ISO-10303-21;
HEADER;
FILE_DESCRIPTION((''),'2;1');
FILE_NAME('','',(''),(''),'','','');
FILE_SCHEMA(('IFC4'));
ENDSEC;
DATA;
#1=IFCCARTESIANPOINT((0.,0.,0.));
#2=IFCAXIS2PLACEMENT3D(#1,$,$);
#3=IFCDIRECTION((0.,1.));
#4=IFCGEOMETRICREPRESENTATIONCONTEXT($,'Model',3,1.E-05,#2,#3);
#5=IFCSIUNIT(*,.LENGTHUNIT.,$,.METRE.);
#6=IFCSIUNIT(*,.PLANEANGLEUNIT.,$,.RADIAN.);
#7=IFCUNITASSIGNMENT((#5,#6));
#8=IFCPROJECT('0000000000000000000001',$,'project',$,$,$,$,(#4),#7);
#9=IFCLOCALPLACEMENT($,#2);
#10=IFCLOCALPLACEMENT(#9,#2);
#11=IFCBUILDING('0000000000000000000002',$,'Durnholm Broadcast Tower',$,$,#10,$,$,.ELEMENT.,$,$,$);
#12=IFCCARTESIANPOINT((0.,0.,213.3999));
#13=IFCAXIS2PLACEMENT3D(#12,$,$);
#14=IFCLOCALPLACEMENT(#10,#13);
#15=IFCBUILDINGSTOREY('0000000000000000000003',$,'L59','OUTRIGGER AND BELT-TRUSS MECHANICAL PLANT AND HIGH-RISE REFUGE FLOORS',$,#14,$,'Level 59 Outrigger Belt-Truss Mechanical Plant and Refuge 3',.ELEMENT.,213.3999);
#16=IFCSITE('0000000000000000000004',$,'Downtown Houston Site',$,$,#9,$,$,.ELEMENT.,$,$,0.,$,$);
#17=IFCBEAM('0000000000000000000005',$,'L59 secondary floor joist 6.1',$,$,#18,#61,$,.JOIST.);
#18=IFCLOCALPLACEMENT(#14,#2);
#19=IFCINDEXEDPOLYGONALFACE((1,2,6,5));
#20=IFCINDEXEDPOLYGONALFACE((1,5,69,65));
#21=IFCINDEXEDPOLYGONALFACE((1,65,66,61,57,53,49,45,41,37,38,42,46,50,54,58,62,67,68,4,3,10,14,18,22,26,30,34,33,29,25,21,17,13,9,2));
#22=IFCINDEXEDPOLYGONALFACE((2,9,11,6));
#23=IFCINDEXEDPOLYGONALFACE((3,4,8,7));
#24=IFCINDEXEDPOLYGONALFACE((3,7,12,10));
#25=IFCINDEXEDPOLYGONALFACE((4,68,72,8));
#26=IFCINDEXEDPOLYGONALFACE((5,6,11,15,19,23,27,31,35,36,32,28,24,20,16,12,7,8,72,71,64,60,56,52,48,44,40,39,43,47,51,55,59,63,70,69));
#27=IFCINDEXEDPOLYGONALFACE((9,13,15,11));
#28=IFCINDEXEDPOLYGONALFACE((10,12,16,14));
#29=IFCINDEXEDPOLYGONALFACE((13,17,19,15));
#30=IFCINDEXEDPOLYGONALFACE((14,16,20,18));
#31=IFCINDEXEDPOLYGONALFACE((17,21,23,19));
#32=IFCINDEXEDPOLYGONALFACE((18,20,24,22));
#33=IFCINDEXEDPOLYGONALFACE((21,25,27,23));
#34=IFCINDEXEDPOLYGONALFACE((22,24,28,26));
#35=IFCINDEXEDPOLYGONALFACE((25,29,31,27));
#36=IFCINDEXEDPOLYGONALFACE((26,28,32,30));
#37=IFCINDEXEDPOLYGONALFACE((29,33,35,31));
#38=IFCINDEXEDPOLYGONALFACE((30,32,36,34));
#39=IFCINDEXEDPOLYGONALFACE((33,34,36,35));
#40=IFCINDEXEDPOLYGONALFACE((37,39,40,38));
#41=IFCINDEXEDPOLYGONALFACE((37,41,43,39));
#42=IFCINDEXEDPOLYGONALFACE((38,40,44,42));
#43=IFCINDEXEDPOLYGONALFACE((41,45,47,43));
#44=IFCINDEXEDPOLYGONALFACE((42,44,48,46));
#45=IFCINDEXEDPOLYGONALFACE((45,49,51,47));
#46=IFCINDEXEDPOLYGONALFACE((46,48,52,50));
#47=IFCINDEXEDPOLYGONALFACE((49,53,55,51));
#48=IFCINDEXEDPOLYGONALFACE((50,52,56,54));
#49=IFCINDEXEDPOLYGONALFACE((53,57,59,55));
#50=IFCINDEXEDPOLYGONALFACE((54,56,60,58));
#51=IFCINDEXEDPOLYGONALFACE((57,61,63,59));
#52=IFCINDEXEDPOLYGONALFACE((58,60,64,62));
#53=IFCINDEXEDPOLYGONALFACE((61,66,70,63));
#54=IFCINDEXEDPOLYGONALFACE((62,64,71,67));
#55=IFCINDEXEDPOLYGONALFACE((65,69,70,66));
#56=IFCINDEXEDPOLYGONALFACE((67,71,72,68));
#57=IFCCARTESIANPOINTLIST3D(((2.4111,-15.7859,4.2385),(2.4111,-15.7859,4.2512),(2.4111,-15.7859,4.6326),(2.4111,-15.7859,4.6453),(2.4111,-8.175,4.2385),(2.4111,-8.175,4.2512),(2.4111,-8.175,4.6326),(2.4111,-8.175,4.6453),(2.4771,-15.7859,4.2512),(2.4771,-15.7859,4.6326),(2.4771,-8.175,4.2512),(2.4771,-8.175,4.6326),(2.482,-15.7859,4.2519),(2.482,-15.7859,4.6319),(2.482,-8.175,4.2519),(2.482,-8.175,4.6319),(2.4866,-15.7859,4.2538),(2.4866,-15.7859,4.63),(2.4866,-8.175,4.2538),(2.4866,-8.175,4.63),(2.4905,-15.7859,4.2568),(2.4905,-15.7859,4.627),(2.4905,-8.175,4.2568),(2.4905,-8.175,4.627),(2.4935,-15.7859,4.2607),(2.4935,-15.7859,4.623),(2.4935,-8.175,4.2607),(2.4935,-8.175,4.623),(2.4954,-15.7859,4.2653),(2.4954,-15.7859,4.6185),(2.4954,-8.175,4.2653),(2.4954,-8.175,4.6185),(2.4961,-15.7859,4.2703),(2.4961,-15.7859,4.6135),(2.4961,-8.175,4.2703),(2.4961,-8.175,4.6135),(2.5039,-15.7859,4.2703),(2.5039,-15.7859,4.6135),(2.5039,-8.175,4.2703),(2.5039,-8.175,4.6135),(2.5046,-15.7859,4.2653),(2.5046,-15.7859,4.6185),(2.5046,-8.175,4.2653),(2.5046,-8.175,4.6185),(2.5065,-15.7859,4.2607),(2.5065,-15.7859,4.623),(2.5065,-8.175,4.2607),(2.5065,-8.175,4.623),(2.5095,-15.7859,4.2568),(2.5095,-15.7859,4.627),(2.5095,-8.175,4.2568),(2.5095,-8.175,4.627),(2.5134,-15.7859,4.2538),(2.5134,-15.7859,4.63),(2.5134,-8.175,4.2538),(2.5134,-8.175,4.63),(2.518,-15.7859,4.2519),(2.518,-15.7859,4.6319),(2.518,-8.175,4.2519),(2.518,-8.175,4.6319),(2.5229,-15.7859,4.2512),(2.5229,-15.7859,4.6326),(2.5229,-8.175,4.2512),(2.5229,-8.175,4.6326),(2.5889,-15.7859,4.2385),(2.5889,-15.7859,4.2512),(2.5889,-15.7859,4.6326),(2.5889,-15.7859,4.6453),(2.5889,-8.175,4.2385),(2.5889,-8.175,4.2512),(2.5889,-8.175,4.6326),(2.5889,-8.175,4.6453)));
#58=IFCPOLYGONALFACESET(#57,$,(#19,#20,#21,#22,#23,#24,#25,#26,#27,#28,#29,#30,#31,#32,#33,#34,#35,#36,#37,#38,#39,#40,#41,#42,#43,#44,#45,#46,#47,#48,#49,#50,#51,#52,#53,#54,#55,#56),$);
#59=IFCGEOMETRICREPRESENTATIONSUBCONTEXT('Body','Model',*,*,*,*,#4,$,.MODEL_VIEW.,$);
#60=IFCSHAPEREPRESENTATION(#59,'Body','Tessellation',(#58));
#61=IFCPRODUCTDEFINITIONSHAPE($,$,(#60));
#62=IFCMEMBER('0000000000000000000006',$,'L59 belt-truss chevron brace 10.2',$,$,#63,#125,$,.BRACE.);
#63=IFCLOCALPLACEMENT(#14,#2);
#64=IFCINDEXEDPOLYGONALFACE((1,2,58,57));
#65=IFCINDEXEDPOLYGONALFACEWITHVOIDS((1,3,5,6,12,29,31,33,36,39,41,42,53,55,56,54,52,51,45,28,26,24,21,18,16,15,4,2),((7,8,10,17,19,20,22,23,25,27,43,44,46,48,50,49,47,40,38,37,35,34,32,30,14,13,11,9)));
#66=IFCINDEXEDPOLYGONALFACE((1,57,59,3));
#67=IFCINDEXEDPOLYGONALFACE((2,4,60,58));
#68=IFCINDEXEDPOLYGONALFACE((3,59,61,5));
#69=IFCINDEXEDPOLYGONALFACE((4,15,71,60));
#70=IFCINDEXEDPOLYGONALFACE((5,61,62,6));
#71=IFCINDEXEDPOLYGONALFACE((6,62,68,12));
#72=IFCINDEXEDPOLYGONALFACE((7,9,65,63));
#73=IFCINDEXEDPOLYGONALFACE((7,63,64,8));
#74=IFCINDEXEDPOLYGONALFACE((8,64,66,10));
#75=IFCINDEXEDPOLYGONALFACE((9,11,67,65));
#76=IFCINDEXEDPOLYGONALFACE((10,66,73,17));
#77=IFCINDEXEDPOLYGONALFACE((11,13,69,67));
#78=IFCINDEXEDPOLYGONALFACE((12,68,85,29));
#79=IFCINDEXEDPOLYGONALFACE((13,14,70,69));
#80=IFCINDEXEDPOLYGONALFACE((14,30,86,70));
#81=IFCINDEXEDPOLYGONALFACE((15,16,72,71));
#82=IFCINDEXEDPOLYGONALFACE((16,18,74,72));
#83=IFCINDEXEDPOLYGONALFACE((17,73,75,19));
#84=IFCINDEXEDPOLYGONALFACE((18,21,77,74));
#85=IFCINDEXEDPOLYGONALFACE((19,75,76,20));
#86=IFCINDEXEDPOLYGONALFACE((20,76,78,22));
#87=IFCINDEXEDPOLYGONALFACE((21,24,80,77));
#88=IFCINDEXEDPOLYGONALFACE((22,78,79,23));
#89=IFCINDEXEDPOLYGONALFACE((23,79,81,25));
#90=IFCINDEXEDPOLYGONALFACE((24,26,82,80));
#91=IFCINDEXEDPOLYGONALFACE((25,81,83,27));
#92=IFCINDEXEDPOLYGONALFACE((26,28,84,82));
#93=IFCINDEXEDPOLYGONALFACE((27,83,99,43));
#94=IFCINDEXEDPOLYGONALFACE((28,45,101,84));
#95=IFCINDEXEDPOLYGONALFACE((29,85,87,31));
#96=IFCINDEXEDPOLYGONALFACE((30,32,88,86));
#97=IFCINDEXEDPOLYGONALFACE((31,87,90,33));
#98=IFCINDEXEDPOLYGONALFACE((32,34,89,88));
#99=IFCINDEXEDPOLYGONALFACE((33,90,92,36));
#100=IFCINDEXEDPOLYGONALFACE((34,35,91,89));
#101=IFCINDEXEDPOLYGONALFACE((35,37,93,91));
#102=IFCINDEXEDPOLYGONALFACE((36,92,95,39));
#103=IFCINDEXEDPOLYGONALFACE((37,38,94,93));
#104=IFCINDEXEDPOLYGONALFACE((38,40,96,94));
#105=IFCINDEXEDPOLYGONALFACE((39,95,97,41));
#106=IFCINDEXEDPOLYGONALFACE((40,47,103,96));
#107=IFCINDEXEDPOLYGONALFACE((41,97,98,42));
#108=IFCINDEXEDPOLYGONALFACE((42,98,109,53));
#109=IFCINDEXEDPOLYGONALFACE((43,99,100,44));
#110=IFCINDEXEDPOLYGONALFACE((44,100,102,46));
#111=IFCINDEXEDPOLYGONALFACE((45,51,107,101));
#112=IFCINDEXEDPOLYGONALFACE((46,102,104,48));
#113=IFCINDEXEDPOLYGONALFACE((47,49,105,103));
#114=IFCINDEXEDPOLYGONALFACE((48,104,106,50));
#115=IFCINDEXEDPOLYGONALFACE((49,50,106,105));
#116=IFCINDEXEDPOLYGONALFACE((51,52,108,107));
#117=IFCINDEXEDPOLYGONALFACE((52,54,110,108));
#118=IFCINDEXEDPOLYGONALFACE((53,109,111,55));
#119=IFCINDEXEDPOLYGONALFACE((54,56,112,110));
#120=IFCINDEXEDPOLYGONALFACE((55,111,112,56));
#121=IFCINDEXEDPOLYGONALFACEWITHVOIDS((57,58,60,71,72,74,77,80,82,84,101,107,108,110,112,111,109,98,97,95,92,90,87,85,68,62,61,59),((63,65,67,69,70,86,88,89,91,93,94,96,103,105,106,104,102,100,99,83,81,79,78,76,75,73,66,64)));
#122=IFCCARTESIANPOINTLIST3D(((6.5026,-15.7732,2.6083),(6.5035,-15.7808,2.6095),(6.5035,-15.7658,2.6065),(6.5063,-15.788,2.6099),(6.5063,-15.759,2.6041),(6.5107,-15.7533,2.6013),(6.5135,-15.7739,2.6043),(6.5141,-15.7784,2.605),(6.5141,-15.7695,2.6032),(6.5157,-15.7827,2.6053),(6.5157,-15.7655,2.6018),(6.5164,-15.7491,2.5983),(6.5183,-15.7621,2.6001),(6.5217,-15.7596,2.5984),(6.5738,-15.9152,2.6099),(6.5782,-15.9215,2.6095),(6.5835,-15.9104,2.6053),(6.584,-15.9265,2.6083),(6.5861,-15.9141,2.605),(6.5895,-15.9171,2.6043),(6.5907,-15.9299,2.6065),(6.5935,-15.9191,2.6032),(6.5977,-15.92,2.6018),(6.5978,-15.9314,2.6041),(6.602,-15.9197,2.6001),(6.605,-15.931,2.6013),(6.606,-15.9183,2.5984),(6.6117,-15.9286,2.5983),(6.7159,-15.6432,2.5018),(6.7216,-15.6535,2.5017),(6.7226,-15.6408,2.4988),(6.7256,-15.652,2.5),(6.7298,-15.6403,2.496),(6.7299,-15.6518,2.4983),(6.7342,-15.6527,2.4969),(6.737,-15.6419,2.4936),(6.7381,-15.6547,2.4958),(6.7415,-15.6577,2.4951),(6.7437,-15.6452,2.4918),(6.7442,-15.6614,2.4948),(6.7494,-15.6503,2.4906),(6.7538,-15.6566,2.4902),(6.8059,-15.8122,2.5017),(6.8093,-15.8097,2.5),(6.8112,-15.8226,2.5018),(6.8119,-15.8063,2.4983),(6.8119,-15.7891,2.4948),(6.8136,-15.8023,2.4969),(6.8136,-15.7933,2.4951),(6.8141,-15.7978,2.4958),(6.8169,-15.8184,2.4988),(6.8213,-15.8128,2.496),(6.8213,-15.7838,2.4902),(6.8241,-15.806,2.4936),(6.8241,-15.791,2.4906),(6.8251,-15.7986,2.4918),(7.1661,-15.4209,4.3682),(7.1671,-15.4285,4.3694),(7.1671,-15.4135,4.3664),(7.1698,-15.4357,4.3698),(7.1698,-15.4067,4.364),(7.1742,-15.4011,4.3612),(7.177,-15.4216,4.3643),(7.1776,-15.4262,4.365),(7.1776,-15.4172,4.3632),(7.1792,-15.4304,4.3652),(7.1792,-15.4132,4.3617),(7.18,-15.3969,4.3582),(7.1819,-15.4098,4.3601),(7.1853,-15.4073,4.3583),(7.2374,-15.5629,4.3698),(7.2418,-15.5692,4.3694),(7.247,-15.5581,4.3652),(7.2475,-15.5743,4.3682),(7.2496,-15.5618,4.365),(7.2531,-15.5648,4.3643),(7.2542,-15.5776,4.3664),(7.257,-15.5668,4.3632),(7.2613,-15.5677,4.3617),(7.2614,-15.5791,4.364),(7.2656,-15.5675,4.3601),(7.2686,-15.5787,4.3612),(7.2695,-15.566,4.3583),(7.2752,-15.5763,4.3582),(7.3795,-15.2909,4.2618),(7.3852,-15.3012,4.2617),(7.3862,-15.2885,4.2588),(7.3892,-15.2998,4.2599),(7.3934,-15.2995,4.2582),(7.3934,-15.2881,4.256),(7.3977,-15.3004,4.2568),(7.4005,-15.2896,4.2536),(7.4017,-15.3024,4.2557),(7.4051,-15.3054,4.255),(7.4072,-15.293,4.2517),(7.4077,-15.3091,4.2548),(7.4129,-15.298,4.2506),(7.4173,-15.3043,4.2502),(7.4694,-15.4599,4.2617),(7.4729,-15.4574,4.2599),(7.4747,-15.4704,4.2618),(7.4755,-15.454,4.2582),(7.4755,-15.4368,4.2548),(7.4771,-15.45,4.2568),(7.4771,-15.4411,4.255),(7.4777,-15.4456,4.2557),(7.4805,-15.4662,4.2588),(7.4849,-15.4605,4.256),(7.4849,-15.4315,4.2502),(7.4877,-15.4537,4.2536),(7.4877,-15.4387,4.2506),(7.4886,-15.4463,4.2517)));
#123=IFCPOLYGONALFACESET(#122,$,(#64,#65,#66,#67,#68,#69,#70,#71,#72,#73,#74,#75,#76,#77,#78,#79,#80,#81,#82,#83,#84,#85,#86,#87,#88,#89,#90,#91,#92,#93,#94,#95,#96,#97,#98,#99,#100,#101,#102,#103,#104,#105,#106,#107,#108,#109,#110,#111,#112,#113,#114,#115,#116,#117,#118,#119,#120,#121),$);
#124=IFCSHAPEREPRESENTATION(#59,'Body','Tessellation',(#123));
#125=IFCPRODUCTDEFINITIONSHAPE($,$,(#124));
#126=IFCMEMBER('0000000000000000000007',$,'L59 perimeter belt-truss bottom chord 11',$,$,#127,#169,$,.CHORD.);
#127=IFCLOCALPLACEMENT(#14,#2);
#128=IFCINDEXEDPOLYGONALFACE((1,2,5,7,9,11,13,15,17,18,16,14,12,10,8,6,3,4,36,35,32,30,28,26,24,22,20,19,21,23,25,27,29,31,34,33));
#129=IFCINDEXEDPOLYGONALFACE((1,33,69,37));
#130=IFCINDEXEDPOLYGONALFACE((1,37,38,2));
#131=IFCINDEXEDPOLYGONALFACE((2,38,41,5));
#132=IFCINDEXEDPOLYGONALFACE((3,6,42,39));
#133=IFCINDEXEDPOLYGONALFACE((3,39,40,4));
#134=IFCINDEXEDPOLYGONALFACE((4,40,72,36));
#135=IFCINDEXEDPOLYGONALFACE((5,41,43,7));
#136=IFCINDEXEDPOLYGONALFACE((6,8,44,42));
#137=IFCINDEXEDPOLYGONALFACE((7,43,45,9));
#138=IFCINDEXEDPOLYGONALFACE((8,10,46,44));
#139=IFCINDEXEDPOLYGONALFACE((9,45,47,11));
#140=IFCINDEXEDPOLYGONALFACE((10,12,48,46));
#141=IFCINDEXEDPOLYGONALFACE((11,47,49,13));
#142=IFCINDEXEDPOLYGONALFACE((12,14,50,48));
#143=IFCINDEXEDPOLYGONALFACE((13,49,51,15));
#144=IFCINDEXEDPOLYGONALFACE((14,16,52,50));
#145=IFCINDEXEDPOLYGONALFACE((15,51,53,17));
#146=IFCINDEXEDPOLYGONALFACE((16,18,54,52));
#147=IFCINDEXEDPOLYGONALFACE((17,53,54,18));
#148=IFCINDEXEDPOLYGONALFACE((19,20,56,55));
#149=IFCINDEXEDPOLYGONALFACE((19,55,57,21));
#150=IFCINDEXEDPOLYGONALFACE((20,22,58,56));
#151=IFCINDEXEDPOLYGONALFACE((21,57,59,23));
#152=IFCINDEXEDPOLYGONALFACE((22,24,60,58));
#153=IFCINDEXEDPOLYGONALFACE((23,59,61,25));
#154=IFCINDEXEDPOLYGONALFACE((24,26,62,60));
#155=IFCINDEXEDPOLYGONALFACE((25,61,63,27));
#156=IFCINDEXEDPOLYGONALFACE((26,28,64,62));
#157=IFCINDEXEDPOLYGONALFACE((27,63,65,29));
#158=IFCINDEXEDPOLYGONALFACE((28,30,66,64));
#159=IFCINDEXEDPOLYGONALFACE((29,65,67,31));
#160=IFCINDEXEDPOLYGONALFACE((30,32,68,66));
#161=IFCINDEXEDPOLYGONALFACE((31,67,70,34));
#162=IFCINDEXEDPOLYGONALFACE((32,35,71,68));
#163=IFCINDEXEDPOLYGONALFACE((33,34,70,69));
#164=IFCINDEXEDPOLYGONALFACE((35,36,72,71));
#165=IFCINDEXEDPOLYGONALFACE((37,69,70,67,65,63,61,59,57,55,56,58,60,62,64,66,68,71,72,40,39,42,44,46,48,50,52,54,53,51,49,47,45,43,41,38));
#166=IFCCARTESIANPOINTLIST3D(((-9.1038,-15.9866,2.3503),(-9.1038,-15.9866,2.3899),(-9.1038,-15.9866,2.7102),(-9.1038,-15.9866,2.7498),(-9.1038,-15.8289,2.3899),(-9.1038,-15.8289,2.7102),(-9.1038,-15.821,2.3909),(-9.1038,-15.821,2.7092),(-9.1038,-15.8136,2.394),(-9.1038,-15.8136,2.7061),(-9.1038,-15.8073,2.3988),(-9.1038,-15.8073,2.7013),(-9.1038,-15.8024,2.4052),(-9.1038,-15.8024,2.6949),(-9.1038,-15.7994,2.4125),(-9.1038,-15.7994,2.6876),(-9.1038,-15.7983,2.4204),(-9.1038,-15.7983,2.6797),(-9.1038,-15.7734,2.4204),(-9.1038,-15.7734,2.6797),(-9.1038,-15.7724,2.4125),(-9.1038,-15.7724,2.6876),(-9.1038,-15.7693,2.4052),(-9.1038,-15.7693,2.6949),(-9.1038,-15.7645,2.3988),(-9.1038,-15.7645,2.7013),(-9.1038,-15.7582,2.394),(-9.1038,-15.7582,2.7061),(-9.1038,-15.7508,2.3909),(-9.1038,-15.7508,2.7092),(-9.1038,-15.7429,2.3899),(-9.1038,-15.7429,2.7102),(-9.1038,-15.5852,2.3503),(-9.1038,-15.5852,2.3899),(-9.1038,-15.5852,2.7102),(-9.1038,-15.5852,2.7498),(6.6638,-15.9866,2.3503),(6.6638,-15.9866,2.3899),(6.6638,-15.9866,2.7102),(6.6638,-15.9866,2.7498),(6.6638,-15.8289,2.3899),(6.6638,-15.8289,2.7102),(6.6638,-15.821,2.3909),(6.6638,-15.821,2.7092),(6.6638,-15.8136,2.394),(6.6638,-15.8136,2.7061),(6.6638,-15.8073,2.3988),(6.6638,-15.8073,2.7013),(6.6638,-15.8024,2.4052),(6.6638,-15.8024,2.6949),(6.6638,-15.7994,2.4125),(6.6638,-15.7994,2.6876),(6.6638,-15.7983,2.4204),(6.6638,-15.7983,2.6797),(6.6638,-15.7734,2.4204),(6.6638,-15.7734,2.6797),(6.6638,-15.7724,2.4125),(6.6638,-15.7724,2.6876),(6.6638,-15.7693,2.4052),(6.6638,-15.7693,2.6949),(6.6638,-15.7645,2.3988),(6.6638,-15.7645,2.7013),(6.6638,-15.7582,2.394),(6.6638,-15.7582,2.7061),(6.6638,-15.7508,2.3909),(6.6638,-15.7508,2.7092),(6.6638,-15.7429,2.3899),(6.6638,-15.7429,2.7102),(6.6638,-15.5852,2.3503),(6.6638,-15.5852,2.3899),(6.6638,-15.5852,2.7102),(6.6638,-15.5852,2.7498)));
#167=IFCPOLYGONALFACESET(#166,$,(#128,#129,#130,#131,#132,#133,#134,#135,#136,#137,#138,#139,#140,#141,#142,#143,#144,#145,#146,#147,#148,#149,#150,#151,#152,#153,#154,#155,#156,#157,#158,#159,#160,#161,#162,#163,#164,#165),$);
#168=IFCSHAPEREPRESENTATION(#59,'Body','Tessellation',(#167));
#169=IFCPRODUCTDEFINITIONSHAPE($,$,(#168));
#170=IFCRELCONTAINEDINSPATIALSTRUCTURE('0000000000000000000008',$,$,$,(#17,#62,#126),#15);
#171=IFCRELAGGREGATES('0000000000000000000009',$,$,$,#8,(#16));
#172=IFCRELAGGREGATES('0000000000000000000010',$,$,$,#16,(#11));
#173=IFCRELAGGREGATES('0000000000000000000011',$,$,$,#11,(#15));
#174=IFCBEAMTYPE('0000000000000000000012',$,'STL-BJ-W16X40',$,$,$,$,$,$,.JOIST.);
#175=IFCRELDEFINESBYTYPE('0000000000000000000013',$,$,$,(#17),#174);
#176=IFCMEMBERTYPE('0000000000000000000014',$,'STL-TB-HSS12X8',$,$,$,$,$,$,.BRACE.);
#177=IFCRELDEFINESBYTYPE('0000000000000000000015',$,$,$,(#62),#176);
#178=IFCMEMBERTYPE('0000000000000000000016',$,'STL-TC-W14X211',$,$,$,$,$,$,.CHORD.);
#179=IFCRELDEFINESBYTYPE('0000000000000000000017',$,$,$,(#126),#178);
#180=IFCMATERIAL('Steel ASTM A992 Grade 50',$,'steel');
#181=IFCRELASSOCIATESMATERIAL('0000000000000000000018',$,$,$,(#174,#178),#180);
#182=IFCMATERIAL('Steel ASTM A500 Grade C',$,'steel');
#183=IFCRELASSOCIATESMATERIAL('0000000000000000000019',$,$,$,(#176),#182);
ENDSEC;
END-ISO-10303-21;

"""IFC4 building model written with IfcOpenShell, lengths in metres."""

from ifc_helpers import new_model, si_unit, direction, frame, origin, origin_2d, place, context, subcontext, project, spatial, hollow_rectangle, i_section, extrude, source, transform, mapped, material, material_profile, profile_set, type_object, type_shapes, element, save


model = new_model("IFC4")

# Units and contexts
model_context = context("Model", 3, precision=1e-05, world=origin(), true_north=direction((0.0, 1.0)))
body_context = subcontext(model_context, "Body", "Model", "MODEL_VIEW")
ifc_project = project(units=[si_unit("LENGTHUNIT", "METRE"), si_unit("PLANEANGLEUNIT", "RADIAN")], contexts=[model_context])

# Site, building, storey
site_placement = place(None, origin())
site = spatial("IfcSite", under=ifc_project, at=site_placement, Name="Downtown Houston Site", CompositionType="ELEMENT", RefElevation=0.0)
building_placement = place(site_placement, origin())
building = spatial("IfcBuilding", under=site, at=building_placement, Name="Durnholm Broadcast Tower", CompositionType="ELEMENT")
storey_placement = place(building_placement, frame((0.0, 0.0, 213.3999)))
storey = spatial("IfcBuildingStorey", under=building, at=storey_placement, Name="L59", Description="OUTRIGGER AND BELT-TRUSS MECHANICAL PLANT AND HIGH-RISE REFUGE FLOORS", LongName="Level 59 Outrigger Belt-Truss Mechanical Plant and Refuge 3", CompositionType="ELEMENT", Elevation=213.3999)

# Beam
ifc_material_1 = material(Name="Steel ASTM A992 Grade 50", Category="steel")
ifc_material_profile_1 = material_profile(ifc_material_1, i_section(OverallWidth=0.1777, OverallDepth=0.4067, WebThickness=0.0078, FlangeThickness=0.0127, FilletRadius=0.019, at=origin_2d()), Name="W16X40")
ifc_profile_set_1 = profile_set([ifc_material_profile_1], Name="Steel ASTM A992 Grade 50")
beam_type_1 = type_object("IfcBeamType", Name="STL-BJ-W16X40", PredefinedType="JOIST", material=ifc_profile_set_1)
shared_shape_1 = source(origin(), body_context, "Body", "SweptSolid", [
    extrude(i_section(OverallWidth=0.1777, OverallDepth=0.4067, WebThickness=0.0078, FlangeThickness=0.0127, FilletRadius=0.019, at=origin_2d()), origin(), (0.0, 0.0, 1.0), 7.6108),
])
type_shapes(beam_type_1, [shared_shape_1])
beam_1_placement = place(storey_placement, frame((2.5, -15.7859, 4.4419), z_axis=(0.0, 1.0, 0.0), x_axis=(-1.0, 0.0, 0.0)))
element("IfcBeam", 1, at=beam_1_placement, inside=storey, type_object=beam_type_1, Name="L59 secondary floor joist 6.1", PredefinedType="JOIST", context=body_context, shape_type="MappedRepresentation", body=[
    mapped(shared_shape_1, transform((0.0, 0.0, 0.0), x_axis=(1.0, 0.0, 0.0), y_axis=(0.0, 1.0, 0.0), z_axis=(0.0, 0.0, 1.0), scale=1.0)),
])

# Members
ifc_material_2 = material(Name="Steel ASTM A500 Grade C", Category="steel")
ifc_material_profile_2 = material_profile(ifc_material_2, hollow_rectangle(XDim=0.2031, YDim=0.3047, WallThickness=0.0117, InnerFilletRadius=0.0176, OuterFilletRadius=0.0295, at=origin_2d()), Name="HSS12X8X1/2")
ifc_profile_set_2 = profile_set([ifc_material_profile_2], Name="Steel ASTM A500 Grade C")
member_type_1 = type_object("IfcMemberType", Name="STL-TB-HSS12X8", PredefinedType="BRACE", material=ifc_profile_set_2)
shared_shape_2 = source(origin(), body_context, "Body", "SweptSolid", [
    extrude(hollow_rectangle(XDim=0.2031, YDim=0.3047, WallThickness=0.0117, InnerFilletRadius=0.0176, OuterFilletRadius=0.0295, at=origin_2d()), origin(), (0.0, 0.0, 1.0), 1.9136),
])
type_shapes(member_type_1, [shared_shape_2])
member_1_placement = place(storey_placement, frame((6.6638, -15.7859, 2.55), z_axis=(0.346757, 0.184095, 0.919711), x_axis=(-0.468918, 0.883242, 0.0)))
element("IfcMember", 2, at=member_1_placement, inside=storey, type_object=member_type_1, Name="L59 belt-truss chevron brace 10.2", PredefinedType="BRACE", context=body_context, shape_type="MappedRepresentation", body=[
    mapped(shared_shape_2, transform((0.0, 0.0, 0.0), x_axis=(1.0, 0.0, 0.0), y_axis=(0.0, 1.0, 0.0), z_axis=(0.0, 0.0, 1.0), scale=1.0)),
])
ifc_material_profile_3 = material_profile(ifc_material_1, i_section(OverallWidth=0.4014, OverallDepth=0.3994, WebThickness=0.0249, FlangeThickness=0.0396, FilletRadius=0.0305, at=origin_2d()), Name="W14X211")
ifc_profile_set_3 = profile_set([ifc_material_profile_3], Name="Steel ASTM A992 Grade 50")
member_type_2 = type_object("IfcMemberType", Name="STL-TC-W14X211", PredefinedType="CHORD", material=ifc_profile_set_3)
shared_shape_3 = source(origin(), body_context, "Body", "SweptSolid", [
    extrude(i_section(OverallWidth=0.4014, OverallDepth=0.3994, WebThickness=0.0249, FlangeThickness=0.0396, FilletRadius=0.0305, at=origin_2d()), origin(), (0.0, 0.0, 1.0), 15.7676),
])
type_shapes(member_type_2, [shared_shape_3])
member_2_placement = place(storey_placement, frame((6.6638, -15.7859, 2.55), z_axis=(-1.0, 0.0, 0.0), x_axis=(0.0, -1.0, 0.0)))
element("IfcMember", 3, at=member_2_placement, inside=storey, type_object=member_type_2, Name="L59 perimeter belt-truss bottom chord 11", PredefinedType="CHORD", context=body_context, shape_type="MappedRepresentation", body=[
    mapped(shared_shape_3, transform((0.0, 0.0, 0.0), x_axis=(1.0, 0.0, 0.0), y_axis=(0.0, 1.0, 0.0), z_axis=(0.0, 0.0, 1.0), scale=1.0)),
])

save(model, "model.ifc")
